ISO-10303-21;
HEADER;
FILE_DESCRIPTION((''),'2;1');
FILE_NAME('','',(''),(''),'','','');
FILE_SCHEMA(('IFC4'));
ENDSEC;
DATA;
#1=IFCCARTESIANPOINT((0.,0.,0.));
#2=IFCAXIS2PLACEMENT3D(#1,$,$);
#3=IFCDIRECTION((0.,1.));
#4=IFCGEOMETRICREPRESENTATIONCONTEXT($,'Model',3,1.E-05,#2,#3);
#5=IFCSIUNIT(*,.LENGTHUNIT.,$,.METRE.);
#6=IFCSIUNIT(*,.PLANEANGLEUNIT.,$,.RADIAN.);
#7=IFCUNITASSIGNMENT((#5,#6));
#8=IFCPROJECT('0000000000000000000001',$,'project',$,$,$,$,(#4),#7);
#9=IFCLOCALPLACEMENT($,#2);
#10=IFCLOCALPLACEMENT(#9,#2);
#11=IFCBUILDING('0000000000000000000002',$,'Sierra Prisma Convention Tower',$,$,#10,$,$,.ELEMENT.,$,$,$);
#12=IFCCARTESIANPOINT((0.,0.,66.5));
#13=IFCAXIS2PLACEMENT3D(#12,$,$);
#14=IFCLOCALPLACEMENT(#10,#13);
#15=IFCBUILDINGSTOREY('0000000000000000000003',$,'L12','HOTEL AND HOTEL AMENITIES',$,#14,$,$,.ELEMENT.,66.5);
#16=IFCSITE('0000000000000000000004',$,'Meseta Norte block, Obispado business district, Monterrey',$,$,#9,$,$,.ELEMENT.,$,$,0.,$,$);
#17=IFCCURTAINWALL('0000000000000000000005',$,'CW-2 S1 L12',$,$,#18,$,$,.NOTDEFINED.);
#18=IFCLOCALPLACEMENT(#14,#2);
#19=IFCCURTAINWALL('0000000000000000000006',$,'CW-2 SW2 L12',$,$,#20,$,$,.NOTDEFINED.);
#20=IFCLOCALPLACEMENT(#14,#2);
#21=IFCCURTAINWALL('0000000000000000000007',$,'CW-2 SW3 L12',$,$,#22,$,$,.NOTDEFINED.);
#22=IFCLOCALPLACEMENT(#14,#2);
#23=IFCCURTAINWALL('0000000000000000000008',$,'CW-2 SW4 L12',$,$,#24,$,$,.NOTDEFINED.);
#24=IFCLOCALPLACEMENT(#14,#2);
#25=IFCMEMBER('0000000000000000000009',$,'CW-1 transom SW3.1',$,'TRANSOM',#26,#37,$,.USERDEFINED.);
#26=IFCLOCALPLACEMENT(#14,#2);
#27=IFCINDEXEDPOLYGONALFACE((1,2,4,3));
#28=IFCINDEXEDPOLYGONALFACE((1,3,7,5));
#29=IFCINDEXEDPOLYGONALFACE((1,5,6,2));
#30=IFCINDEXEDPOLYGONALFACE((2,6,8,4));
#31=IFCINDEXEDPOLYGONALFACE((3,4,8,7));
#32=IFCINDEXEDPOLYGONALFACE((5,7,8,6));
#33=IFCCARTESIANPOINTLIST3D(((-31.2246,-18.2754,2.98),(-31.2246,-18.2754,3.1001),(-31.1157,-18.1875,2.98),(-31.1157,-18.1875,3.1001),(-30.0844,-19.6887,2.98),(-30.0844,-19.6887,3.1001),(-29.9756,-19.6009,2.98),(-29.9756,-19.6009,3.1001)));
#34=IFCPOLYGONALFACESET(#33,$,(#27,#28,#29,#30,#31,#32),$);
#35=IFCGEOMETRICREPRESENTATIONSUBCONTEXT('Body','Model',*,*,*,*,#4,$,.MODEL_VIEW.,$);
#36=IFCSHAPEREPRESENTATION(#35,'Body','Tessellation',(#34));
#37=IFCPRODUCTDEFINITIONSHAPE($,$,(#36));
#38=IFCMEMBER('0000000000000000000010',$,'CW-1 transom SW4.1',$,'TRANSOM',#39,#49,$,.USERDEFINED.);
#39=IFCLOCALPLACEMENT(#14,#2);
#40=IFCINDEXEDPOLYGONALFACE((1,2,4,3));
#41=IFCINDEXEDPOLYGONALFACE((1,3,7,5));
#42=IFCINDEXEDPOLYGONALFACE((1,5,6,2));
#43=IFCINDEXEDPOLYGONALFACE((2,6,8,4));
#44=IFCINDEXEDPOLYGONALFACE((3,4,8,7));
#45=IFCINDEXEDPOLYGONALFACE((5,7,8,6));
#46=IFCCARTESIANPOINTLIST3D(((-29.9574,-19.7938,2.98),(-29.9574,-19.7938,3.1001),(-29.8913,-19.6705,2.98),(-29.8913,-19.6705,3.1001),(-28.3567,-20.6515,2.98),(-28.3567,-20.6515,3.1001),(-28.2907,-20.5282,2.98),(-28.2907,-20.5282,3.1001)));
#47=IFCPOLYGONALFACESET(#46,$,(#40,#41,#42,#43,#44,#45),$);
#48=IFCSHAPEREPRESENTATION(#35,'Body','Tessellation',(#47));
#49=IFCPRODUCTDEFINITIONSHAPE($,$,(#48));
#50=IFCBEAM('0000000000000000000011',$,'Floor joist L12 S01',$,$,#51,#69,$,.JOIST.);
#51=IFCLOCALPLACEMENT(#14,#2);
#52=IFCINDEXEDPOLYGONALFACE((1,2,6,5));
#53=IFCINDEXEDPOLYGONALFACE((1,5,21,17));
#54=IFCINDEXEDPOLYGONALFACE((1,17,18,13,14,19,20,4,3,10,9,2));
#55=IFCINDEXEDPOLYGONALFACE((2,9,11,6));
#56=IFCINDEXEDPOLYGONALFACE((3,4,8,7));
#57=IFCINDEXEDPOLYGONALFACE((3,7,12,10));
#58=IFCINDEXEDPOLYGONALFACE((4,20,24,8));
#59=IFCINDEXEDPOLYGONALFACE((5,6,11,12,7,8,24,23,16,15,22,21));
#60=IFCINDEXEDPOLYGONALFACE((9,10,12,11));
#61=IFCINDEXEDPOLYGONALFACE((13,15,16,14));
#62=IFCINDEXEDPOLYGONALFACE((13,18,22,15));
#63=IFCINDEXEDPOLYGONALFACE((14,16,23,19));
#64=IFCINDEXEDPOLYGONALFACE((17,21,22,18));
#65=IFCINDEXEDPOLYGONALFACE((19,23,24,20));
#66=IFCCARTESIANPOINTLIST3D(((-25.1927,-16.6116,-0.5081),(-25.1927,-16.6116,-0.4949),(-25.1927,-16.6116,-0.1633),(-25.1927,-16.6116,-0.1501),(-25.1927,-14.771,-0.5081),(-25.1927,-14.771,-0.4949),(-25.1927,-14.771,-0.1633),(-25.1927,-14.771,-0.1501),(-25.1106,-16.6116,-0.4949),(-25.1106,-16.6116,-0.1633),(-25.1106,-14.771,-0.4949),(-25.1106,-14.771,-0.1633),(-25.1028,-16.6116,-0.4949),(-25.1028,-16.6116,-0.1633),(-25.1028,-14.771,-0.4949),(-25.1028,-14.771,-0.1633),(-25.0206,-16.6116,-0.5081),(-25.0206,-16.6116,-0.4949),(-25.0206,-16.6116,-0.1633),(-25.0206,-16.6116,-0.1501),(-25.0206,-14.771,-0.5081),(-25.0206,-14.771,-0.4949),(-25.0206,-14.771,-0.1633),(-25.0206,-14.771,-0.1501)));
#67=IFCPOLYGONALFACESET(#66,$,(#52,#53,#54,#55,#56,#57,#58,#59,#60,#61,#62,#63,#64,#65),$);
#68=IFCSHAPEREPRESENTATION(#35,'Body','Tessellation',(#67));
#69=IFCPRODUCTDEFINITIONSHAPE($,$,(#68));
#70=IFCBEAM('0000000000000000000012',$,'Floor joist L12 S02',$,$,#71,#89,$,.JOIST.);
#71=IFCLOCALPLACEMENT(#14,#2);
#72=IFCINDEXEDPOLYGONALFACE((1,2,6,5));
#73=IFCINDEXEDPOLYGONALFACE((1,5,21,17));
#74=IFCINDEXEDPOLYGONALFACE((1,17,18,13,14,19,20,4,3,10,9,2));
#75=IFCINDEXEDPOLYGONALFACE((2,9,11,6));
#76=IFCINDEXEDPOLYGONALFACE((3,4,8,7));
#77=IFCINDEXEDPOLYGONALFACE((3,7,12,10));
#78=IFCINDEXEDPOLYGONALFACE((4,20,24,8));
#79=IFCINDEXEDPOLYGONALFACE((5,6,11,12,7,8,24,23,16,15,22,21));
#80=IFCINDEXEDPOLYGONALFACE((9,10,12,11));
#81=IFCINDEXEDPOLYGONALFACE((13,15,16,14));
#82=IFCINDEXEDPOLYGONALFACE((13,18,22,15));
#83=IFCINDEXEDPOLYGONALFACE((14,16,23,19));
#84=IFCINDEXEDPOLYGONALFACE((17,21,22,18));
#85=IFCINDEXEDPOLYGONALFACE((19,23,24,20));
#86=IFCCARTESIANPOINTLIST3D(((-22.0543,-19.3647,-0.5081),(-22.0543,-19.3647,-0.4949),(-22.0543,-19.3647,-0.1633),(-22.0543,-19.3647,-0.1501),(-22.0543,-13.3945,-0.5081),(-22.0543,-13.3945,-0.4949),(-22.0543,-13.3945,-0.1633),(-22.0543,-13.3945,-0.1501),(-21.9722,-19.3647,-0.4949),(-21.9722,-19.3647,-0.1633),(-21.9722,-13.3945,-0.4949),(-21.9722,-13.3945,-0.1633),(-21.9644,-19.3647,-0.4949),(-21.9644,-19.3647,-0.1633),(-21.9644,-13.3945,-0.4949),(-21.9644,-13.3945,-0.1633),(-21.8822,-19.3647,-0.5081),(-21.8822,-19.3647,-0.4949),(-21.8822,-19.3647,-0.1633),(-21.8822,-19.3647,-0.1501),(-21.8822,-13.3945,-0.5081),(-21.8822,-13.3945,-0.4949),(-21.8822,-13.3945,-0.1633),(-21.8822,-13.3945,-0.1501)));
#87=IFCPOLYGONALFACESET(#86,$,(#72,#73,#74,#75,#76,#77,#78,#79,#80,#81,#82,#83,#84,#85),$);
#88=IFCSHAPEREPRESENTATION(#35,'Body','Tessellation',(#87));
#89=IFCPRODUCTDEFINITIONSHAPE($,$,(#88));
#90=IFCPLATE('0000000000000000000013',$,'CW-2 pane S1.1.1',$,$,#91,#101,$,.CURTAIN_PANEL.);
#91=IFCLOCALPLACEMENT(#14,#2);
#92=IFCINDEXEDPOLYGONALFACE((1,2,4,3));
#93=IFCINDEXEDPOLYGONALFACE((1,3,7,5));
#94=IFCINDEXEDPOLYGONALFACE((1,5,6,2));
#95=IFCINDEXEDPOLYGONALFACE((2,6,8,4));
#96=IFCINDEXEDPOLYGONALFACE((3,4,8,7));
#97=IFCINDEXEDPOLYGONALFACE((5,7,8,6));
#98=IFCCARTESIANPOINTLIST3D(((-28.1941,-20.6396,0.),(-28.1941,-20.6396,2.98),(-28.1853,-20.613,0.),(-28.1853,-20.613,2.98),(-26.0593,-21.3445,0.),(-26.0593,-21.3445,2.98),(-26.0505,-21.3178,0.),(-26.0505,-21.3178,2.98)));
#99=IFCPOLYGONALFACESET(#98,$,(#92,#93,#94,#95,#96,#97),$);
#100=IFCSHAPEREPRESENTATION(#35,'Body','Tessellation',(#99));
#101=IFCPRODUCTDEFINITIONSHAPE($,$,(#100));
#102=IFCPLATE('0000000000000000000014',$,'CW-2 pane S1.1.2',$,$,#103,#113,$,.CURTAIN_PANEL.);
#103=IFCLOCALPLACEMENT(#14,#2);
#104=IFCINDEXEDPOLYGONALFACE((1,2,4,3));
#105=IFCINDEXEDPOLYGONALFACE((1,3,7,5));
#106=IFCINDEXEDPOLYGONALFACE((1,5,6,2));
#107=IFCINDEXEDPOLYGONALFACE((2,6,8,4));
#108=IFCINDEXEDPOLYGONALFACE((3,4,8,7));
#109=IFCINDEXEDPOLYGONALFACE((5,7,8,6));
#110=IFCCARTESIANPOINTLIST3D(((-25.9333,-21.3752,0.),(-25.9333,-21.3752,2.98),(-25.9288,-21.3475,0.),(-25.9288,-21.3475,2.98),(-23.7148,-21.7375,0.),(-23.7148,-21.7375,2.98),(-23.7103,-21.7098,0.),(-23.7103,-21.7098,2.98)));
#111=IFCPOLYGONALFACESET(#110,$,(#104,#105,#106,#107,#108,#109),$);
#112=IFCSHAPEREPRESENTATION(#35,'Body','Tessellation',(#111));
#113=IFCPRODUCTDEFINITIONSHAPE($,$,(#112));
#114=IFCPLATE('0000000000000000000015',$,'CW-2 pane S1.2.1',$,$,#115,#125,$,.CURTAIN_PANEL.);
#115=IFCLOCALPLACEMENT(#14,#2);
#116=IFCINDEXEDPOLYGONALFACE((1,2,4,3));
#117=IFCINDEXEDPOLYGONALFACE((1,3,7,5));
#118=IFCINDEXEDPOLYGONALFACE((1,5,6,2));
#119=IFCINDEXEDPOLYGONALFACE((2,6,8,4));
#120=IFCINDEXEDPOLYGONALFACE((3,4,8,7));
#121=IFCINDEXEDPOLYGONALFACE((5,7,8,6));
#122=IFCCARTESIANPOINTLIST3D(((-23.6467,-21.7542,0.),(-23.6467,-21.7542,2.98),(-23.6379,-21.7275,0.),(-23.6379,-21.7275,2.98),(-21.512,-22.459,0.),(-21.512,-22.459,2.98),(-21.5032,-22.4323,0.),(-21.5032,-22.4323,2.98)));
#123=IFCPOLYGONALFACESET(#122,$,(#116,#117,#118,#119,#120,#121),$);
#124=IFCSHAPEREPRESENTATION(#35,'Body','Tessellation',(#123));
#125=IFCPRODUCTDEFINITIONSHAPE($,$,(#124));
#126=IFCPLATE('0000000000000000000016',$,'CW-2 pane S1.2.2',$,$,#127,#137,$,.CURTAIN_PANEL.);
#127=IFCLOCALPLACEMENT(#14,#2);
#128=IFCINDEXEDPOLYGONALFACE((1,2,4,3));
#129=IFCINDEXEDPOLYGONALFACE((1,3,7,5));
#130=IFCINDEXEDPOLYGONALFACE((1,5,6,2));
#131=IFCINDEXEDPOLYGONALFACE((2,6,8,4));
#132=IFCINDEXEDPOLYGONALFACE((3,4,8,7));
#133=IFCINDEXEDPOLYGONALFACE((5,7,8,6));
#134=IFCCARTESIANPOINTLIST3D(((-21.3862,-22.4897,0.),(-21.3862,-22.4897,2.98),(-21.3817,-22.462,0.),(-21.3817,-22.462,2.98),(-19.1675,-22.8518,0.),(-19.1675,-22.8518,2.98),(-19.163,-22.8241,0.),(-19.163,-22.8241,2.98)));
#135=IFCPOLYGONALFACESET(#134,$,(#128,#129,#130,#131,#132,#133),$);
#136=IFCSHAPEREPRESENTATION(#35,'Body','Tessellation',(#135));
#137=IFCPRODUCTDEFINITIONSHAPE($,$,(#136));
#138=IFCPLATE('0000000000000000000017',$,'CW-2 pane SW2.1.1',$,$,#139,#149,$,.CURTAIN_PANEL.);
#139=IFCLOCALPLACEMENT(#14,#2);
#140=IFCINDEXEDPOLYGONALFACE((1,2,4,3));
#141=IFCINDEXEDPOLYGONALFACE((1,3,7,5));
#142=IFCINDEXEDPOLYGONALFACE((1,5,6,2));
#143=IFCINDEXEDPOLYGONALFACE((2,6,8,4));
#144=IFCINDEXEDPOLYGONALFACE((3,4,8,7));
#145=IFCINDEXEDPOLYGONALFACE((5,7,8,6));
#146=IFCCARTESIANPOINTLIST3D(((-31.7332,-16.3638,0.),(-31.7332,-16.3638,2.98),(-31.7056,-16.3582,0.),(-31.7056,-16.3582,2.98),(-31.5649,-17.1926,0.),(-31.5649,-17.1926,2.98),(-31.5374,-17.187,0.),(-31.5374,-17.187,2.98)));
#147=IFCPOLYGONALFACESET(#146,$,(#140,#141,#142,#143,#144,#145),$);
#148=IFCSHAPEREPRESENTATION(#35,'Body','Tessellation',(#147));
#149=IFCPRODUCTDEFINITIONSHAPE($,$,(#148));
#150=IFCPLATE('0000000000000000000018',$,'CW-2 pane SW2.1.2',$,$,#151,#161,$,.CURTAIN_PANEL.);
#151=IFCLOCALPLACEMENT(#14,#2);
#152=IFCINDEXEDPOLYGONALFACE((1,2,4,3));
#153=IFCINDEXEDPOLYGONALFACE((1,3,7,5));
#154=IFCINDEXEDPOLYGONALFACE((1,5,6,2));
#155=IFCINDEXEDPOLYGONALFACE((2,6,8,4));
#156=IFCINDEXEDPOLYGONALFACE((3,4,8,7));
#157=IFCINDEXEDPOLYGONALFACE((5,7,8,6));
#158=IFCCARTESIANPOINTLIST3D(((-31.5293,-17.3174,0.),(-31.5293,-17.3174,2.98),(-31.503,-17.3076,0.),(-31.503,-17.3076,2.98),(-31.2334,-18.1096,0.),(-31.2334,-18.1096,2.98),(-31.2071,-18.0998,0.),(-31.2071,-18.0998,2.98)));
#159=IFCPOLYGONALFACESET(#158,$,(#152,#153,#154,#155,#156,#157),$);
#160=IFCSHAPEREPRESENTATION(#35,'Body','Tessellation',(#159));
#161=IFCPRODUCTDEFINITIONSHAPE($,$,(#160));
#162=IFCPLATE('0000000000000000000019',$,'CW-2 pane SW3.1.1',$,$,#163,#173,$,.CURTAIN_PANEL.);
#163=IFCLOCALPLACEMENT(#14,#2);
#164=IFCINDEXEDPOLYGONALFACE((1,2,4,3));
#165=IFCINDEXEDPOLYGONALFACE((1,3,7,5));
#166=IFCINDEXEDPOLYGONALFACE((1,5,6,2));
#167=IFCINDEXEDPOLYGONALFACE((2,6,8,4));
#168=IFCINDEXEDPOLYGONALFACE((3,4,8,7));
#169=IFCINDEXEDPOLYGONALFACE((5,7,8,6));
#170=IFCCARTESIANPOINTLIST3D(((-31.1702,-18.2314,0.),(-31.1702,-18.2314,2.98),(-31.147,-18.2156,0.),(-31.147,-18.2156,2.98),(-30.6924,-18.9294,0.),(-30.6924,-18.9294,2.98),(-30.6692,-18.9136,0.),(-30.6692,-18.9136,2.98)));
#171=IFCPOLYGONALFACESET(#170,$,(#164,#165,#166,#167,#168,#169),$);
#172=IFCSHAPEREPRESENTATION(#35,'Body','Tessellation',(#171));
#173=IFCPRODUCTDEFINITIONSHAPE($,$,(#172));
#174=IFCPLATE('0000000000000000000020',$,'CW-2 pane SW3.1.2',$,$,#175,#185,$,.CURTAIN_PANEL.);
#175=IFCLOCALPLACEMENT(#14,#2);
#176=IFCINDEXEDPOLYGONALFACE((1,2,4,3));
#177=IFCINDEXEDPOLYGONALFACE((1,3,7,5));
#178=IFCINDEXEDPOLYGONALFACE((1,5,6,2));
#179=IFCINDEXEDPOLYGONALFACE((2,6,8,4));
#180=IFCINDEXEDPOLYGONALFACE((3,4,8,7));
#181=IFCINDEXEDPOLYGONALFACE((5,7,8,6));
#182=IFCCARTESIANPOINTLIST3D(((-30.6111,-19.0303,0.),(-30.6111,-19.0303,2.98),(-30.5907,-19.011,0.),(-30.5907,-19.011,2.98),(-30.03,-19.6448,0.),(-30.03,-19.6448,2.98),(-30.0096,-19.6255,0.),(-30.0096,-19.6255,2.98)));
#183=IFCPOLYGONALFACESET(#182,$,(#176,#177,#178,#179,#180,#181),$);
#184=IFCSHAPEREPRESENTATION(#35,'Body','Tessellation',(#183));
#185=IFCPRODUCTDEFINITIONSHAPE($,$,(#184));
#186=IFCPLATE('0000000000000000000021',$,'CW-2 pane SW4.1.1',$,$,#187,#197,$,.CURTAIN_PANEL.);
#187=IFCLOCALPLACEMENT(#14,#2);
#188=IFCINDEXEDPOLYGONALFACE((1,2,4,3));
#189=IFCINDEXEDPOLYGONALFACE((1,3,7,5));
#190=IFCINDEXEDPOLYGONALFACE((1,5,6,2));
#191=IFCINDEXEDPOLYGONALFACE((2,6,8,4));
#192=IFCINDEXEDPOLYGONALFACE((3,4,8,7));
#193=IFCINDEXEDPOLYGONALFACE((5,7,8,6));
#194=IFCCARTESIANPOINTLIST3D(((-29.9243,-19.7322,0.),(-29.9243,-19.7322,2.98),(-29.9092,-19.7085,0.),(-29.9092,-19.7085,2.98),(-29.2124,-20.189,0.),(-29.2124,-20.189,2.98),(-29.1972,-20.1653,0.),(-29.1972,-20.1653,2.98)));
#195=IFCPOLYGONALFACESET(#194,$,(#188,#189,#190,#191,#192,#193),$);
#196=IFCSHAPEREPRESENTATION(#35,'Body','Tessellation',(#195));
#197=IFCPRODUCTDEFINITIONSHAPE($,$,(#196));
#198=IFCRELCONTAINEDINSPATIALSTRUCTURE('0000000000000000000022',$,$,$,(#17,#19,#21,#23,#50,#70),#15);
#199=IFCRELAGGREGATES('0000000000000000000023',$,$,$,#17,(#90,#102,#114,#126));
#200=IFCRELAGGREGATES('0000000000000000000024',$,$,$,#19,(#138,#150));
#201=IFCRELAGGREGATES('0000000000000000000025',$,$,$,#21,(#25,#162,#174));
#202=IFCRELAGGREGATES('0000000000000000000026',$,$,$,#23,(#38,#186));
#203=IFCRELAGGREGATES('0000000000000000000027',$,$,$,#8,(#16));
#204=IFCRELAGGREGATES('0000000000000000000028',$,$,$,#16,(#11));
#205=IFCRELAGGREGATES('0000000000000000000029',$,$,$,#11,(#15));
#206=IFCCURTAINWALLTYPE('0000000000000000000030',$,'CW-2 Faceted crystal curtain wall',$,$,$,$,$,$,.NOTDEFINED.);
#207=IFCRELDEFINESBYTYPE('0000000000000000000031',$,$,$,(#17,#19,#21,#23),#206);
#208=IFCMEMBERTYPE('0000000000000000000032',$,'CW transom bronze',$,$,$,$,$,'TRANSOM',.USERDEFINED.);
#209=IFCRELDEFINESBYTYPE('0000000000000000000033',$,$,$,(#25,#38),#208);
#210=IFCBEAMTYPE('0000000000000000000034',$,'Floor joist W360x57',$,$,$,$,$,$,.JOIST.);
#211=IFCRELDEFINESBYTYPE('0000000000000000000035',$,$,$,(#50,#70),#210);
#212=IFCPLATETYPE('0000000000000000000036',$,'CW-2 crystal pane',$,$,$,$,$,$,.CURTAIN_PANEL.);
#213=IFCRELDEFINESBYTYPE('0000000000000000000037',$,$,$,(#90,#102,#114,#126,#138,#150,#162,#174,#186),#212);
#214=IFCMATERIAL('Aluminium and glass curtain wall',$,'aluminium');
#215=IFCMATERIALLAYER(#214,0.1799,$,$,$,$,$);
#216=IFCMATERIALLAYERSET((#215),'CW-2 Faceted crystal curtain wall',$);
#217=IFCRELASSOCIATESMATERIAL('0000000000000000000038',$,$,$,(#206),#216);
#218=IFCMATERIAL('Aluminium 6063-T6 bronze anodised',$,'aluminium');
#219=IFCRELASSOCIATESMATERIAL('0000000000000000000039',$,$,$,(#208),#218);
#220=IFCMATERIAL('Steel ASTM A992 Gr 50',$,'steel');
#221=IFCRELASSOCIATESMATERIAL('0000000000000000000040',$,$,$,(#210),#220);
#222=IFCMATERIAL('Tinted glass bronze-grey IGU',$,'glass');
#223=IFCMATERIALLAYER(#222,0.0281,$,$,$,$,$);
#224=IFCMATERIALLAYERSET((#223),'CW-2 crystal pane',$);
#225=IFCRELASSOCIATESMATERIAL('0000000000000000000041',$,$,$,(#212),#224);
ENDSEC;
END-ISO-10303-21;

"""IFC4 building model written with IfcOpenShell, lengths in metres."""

from ifc_helpers import new_model, si_unit, direction, frame, origin, origin_2d, place, context, subcontext, project, spatial, polyline, rectangle, i_section, outline, extrude, material, layer, layer_set, material_profile, profile_set, type_object, element, aggregate, save


model = new_model("IFC4")

# Units and contexts
model_context = context("Model", 3, precision=1e-05, world=origin(), true_north=direction((0.0, 1.0)))
body_context = subcontext(model_context, "Body", "Model", "MODEL_VIEW")
ifc_project = project(units=[si_unit("LENGTHUNIT", "METRE"), si_unit("PLANEANGLEUNIT", "RADIAN")], contexts=[model_context])

# Site, building, storey
site_placement = place(None, origin())
site = spatial("IfcSite", under=ifc_project, at=site_placement, Name="Meseta Norte block, Obispado business district, Monterrey", CompositionType="ELEMENT", RefElevation=0.0)
building_placement = place(site_placement, origin())
building = spatial("IfcBuilding", under=site, at=building_placement, Name="Sierra Prisma Convention Tower", CompositionType="ELEMENT")
storey_placement = place(building_placement, frame((0.0, 0.0, 66.5)))
storey = spatial("IfcBuildingStorey", under=building, at=storey_placement, Name="L12", Description="HOTEL AND HOTEL AMENITIES", CompositionType="ELEMENT", Elevation=66.5)

# Curtain wall
ifc_material_1 = material(Name="Aluminium and glass curtain wall", Category="aluminium")
ifc_layer_1 = layer(ifc_material_1, 0.1799)
ifc_layer_set_1 = layer_set([ifc_layer_1], Name="CW-2 Faceted crystal curtain wall")
curtain_wall_type = type_object("IfcCurtainWallType", Name="CW-2 Faceted crystal curtain wall", PredefinedType="NOTDEFINED", material=ifc_layer_set_1)
curtain_wall_1_placement = place(storey_placement, origin())
curtain_wall_1 = element("IfcCurtainWall", 1, at=curtain_wall_1_placement, inside=storey, type_object=curtain_wall_type, Name="CW-2 S1 L12", PredefinedType="NOTDEFINED")

# Curtain walls
curtain_wall_2_placement = place(storey_placement, origin())
curtain_wall_2 = element("IfcCurtainWall", 2, at=curtain_wall_2_placement, inside=storey, type_object=curtain_wall_type, Name="CW-2 SW2 L12", PredefinedType="NOTDEFINED")
curtain_wall_3_placement = place(storey_placement, origin())
curtain_wall_3 = element("IfcCurtainWall", 3, at=curtain_wall_3_placement, inside=storey, type_object=curtain_wall_type, Name="CW-2 SW3 L12", PredefinedType="NOTDEFINED")
curtain_wall_4_placement = place(storey_placement, origin())
curtain_wall_4 = element("IfcCurtainWall", 4, at=curtain_wall_4_placement, inside=storey, type_object=curtain_wall_type, Name="CW-2 SW4 L12", PredefinedType="NOTDEFINED")

# Members
ifc_material_2 = material(Name="Aluminium 6063-T6 bronze anodised", Category="aluminium")
ifc_material_profile_1 = material_profile(ifc_material_2, rectangle(XDim=0.1399, YDim=0.1201, at=origin_2d()), Name="ALU TRANSOM 120x140")
ifc_profile_set_1 = profile_set([ifc_material_profile_1], Name="Aluminium 6063-T6 bronze anodised")
member_type_1 = type_object("IfcMemberType", Name="CW transom bronze", ElementType="TRANSOM", PredefinedType="USERDEFINED", material=ifc_profile_set_1)
member_1_placement = place(storey_placement, frame((-31.1702, -18.2314, 3.04), z_axis=(0.627871, -0.778318, 0.0), x_axis=(0.778318, 0.627871, 0.0)))
member_1 = element("IfcMember", 5, at=member_1_placement, type_object=member_type_1, Name="CW-1 transom SW3.1", ObjectType="TRANSOM", PredefinedType="USERDEFINED", context=body_context, shape_type="SweptSolid", body=[
    extrude(rectangle(XDim=0.1399, YDim=0.1201, at=origin_2d()), origin(), (0.0, 0.0, 1.0), 1.8159),
])
member_2_placement = place(storey_placement, frame((-29.9243, -19.7322, 3.04), z_axis=(0.881432, -0.472311, 0.0), x_axis=(0.472311, 0.881432, 0.0)))
member_2 = element("IfcMember", 6, at=member_2_placement, type_object=member_type_1, Name="CW-1 transom SW4.1", ObjectType="TRANSOM", PredefinedType="USERDEFINED", context=body_context, shape_type="SweptSolid", body=[
    extrude(rectangle(XDim=0.1399, YDim=0.1201, at=origin_2d()), origin(), (0.0, 0.0, 1.0), 1.8159),
])

# Beams
ifc_material_3 = material(Name="Steel ASTM A992 Gr 50", Category="steel")
ifc_material_profile_2 = material_profile(ifc_material_3, i_section(OverallWidth=0.1721, OverallDepth=0.3579, WebThickness=0.0078, FlangeThickness=0.0132, at=origin_2d()), Name="W360x57")
ifc_profile_set_2 = profile_set([ifc_material_profile_2], Name="Steel ASTM A992 Gr 50")
beam_type = type_object("IfcBeamType", Name="Floor joist W360x57", PredefinedType="JOIST", material=ifc_profile_set_2)
beam_1_placement = place(storey_placement, frame((-25.1067, -16.6116, -0.3291), z_axis=(0.0, 1.0, 0.0), x_axis=(-1.0, 0.0, 0.0)))
element("IfcBeam", 7, at=beam_1_placement, inside=storey, type_object=beam_type, Name="Floor joist L12 S01", PredefinedType="JOIST", context=body_context, shape_type="SweptSolid", body=[
    extrude(i_section(OverallWidth=0.1721, OverallDepth=0.3579, WebThickness=0.0078, FlangeThickness=0.0132, at=origin_2d()), origin(), (0.0, 0.0, 1.0), 1.8406),
])
beam_2_placement = place(storey_placement, frame((-21.9683, -19.3647, -0.3291), z_axis=(0.0, 1.0, 0.0), x_axis=(-1.0, 0.0, 0.0)))
element("IfcBeam", 8, at=beam_2_placement, inside=storey, type_object=beam_type, Name="Floor joist L12 S02", PredefinedType="JOIST", context=body_context, shape_type="SweptSolid", body=[
    extrude(i_section(OverallWidth=0.1721, OverallDepth=0.3579, WebThickness=0.0078, FlangeThickness=0.0132, at=origin_2d()), origin(), (0.0, 0.0, 1.0), 5.9702),
])

# Plates
ifc_material_4 = material(Name="Tinted glass bronze-grey IGU", Category="glass")
ifc_layer_2 = layer(ifc_material_4, 0.0281)
ifc_layer_set_2 = layer_set([ifc_layer_2], Name="CW-2 crystal pane")
plate_type = type_object("IfcPlateType", Name="CW-2 crystal pane", PredefinedType="CURTAIN_PANEL", material=ifc_layer_set_2)
plate_1_placement = place(storey_placement, frame((-28.1941, -20.6396, 0.0), z_axis=(-0.313522, -0.949581, 0.0), x_axis=(0.949581, -0.313522, 0.0)))
plate_1 = element("IfcPlate", 9, at=plate_1_placement, type_object=plate_type, Name="CW-2 pane S1.1.1", PredefinedType="CURTAIN_PANEL", context=body_context, shape_type="SweptSolid", body=[
    extrude(outline(polyline([(0.0, 0.0), (2.2481, 0.0), (2.2481, 2.98), (0.0, 2.98), (0.0, 0.0)])), origin(), (0.0, 0.0, -1.0), 0.0281),
])
plate_2_placement = place(storey_placement, frame((-23.7148, -21.7375, 0.0), z_axis=(-0.161175, -0.986926, 0.0), x_axis=(-0.986926, 0.161175, 0.0)))
plate_2 = element("IfcPlate", 10, at=plate_2_placement, type_object=plate_type, Name="CW-2 pane S1.1.2", PredefinedType="CURTAIN_PANEL", context=body_context, shape_type="SweptSolid", body=[
    extrude(outline(polyline([(0.0, 0.0), (2.2479, 0.0), (2.2479, -2.98), (0.0, -2.98), (0.0, 0.0)])), origin(), (0.0, 0.0, -1.0), 0.0281),
])
plate_3_placement = place(storey_placement, frame((-23.6467, -21.7542, 0.0), z_axis=(-0.313522, -0.949581, 0.0), x_axis=(0.949581, -0.313522, 0.0)))
plate_3 = element("IfcPlate", 11, at=plate_3_placement, type_object=plate_type, Name="CW-2 pane S1.2.1", PredefinedType="CURTAIN_PANEL", context=body_context, shape_type="SweptSolid", body=[
    extrude(outline(polyline([(0.0, 0.0), (2.2481, 0.0), (2.2481, 2.98), (0.0, 2.98), (0.0, 0.0)])), origin(), (0.0, 0.0, -1.0), 0.0281),
])
plate_4_placement = place(storey_placement, frame((-19.1675, -22.8518, 0.0), z_axis=(-0.161052, -0.986946, 0.0), x_axis=(-0.986946, 0.161052, 0.0)))
plate_4 = element("IfcPlate", 12, at=plate_4_placement, type_object=plate_type, Name="CW-2 pane S1.2.2", PredefinedType="CURTAIN_PANEL", context=body_context, shape_type="SweptSolid", body=[
    extrude(outline(polyline([(0.0, 0.0), (2.2481, 0.0), (2.2481, -2.98), (0.0, -2.98), (0.0, 0.0)])), origin(), (0.0, 0.0, -1.0), 0.0281),
])
aggregate(curtain_wall_1, [plate_1, plate_2, plate_3, plate_4])
plate_5_placement = place(storey_placement, frame((-31.7332, -16.3638, 0.0), z_axis=(-0.980022, -0.198891, 0.0), x_axis=(0.198891, -0.980022, 0.0)))
plate_5 = element("IfcPlate", 13, at=plate_5_placement, type_object=plate_type, Name="CW-2 pane SW2.1.1", PredefinedType="CURTAIN_PANEL", context=body_context, shape_type="SweptSolid", body=[
    extrude(outline(polyline([(0.0, 0.0), (0.8458, 0.0), (0.8458, 2.98), (0.0, 2.98), (0.0, 0.0)])), origin(), (0.0, 0.0, -1.0), 0.0281),
])
plate_6_placement = place(storey_placement, frame((-31.2334, -18.1096, 0.0), z_axis=(-0.936791, -0.349889, 0.0), x_axis=(-0.349889, 0.936791, 0.0)))
plate_6 = element("IfcPlate", 14, at=plate_6_placement, type_object=plate_type, Name="CW-2 pane SW2.1.2", PredefinedType="CURTAIN_PANEL", context=body_context, shape_type="SweptSolid", body=[
    extrude(outline(polyline([(0.0, 0.0), (0.8457, 0.0), (0.8457, -2.98), (0.0, -2.98), (0.0, 0.0)])), origin(), (0.0, 0.0, -1.0), 0.0281),
])
aggregate(curtain_wall_2, [plate_5, plate_6])
plate_7_placement = place(storey_placement, frame((-31.1702, -18.2314, 0.0), z_axis=(-0.825194, -0.564849, 0.0), x_axis=(0.564849, -0.825194, 0.0)))
plate_7 = element("IfcPlate", 15, at=plate_7_placement, type_object=plate_type, Name="CW-2 pane SW3.1.1", PredefinedType="CURTAIN_PANEL", context=body_context, shape_type="SweptSolid", body=[
    extrude(outline(polyline([(0.0, 0.0), (0.8459, 0.0), (0.8459, 2.98), (0.0, 2.98), (0.0, 0.0)])), origin(), (0.0, 0.0, -1.0), 0.0281),
])
plate_8_placement = place(storey_placement, frame((-30.03, -19.6448, 0.0), z_axis=(-0.726605, -0.687056, 0.0), x_axis=(-0.687056, 0.726605, 0.0)))
plate_8 = element("IfcPlate", 16, at=plate_8_placement, type_object=plate_type, Name="CW-2 pane SW3.1.2", PredefinedType="CURTAIN_PANEL", context=body_context, shape_type="SweptSolid", body=[
    extrude(outline(polyline([(0.0, 0.0), (0.8457, 0.0), (0.8457, -2.98), (0.0, -2.98), (0.0, 0.0)])), origin(), (0.0, 0.0, -1.0), 0.0281),
])
aggregate(curtain_wall_3, [member_1, plate_7, plate_8])
plate_9_placement = place(storey_placement, frame((-29.9243, -19.7322, 0.0), z_axis=(-0.540028, -0.841647, 0.0), x_axis=(0.841647, -0.540028, 0.0)))
plate_9 = element("IfcPlate", 17, at=plate_9_placement, type_object=plate_type, Name="CW-2 pane SW4.1.1", PredefinedType="CURTAIN_PANEL", context=body_context, shape_type="SweptSolid", body=[
    extrude(outline(polyline([(0.0, 0.0), (0.8459, 0.0), (0.8459, 2.98), (0.0, 2.98), (0.0, 0.0)])), origin(), (0.0, 0.0, -1.0), 0.0281),
])
aggregate(curtain_wall_4, [member_2, plate_9])

save(model, "model.ifc")
